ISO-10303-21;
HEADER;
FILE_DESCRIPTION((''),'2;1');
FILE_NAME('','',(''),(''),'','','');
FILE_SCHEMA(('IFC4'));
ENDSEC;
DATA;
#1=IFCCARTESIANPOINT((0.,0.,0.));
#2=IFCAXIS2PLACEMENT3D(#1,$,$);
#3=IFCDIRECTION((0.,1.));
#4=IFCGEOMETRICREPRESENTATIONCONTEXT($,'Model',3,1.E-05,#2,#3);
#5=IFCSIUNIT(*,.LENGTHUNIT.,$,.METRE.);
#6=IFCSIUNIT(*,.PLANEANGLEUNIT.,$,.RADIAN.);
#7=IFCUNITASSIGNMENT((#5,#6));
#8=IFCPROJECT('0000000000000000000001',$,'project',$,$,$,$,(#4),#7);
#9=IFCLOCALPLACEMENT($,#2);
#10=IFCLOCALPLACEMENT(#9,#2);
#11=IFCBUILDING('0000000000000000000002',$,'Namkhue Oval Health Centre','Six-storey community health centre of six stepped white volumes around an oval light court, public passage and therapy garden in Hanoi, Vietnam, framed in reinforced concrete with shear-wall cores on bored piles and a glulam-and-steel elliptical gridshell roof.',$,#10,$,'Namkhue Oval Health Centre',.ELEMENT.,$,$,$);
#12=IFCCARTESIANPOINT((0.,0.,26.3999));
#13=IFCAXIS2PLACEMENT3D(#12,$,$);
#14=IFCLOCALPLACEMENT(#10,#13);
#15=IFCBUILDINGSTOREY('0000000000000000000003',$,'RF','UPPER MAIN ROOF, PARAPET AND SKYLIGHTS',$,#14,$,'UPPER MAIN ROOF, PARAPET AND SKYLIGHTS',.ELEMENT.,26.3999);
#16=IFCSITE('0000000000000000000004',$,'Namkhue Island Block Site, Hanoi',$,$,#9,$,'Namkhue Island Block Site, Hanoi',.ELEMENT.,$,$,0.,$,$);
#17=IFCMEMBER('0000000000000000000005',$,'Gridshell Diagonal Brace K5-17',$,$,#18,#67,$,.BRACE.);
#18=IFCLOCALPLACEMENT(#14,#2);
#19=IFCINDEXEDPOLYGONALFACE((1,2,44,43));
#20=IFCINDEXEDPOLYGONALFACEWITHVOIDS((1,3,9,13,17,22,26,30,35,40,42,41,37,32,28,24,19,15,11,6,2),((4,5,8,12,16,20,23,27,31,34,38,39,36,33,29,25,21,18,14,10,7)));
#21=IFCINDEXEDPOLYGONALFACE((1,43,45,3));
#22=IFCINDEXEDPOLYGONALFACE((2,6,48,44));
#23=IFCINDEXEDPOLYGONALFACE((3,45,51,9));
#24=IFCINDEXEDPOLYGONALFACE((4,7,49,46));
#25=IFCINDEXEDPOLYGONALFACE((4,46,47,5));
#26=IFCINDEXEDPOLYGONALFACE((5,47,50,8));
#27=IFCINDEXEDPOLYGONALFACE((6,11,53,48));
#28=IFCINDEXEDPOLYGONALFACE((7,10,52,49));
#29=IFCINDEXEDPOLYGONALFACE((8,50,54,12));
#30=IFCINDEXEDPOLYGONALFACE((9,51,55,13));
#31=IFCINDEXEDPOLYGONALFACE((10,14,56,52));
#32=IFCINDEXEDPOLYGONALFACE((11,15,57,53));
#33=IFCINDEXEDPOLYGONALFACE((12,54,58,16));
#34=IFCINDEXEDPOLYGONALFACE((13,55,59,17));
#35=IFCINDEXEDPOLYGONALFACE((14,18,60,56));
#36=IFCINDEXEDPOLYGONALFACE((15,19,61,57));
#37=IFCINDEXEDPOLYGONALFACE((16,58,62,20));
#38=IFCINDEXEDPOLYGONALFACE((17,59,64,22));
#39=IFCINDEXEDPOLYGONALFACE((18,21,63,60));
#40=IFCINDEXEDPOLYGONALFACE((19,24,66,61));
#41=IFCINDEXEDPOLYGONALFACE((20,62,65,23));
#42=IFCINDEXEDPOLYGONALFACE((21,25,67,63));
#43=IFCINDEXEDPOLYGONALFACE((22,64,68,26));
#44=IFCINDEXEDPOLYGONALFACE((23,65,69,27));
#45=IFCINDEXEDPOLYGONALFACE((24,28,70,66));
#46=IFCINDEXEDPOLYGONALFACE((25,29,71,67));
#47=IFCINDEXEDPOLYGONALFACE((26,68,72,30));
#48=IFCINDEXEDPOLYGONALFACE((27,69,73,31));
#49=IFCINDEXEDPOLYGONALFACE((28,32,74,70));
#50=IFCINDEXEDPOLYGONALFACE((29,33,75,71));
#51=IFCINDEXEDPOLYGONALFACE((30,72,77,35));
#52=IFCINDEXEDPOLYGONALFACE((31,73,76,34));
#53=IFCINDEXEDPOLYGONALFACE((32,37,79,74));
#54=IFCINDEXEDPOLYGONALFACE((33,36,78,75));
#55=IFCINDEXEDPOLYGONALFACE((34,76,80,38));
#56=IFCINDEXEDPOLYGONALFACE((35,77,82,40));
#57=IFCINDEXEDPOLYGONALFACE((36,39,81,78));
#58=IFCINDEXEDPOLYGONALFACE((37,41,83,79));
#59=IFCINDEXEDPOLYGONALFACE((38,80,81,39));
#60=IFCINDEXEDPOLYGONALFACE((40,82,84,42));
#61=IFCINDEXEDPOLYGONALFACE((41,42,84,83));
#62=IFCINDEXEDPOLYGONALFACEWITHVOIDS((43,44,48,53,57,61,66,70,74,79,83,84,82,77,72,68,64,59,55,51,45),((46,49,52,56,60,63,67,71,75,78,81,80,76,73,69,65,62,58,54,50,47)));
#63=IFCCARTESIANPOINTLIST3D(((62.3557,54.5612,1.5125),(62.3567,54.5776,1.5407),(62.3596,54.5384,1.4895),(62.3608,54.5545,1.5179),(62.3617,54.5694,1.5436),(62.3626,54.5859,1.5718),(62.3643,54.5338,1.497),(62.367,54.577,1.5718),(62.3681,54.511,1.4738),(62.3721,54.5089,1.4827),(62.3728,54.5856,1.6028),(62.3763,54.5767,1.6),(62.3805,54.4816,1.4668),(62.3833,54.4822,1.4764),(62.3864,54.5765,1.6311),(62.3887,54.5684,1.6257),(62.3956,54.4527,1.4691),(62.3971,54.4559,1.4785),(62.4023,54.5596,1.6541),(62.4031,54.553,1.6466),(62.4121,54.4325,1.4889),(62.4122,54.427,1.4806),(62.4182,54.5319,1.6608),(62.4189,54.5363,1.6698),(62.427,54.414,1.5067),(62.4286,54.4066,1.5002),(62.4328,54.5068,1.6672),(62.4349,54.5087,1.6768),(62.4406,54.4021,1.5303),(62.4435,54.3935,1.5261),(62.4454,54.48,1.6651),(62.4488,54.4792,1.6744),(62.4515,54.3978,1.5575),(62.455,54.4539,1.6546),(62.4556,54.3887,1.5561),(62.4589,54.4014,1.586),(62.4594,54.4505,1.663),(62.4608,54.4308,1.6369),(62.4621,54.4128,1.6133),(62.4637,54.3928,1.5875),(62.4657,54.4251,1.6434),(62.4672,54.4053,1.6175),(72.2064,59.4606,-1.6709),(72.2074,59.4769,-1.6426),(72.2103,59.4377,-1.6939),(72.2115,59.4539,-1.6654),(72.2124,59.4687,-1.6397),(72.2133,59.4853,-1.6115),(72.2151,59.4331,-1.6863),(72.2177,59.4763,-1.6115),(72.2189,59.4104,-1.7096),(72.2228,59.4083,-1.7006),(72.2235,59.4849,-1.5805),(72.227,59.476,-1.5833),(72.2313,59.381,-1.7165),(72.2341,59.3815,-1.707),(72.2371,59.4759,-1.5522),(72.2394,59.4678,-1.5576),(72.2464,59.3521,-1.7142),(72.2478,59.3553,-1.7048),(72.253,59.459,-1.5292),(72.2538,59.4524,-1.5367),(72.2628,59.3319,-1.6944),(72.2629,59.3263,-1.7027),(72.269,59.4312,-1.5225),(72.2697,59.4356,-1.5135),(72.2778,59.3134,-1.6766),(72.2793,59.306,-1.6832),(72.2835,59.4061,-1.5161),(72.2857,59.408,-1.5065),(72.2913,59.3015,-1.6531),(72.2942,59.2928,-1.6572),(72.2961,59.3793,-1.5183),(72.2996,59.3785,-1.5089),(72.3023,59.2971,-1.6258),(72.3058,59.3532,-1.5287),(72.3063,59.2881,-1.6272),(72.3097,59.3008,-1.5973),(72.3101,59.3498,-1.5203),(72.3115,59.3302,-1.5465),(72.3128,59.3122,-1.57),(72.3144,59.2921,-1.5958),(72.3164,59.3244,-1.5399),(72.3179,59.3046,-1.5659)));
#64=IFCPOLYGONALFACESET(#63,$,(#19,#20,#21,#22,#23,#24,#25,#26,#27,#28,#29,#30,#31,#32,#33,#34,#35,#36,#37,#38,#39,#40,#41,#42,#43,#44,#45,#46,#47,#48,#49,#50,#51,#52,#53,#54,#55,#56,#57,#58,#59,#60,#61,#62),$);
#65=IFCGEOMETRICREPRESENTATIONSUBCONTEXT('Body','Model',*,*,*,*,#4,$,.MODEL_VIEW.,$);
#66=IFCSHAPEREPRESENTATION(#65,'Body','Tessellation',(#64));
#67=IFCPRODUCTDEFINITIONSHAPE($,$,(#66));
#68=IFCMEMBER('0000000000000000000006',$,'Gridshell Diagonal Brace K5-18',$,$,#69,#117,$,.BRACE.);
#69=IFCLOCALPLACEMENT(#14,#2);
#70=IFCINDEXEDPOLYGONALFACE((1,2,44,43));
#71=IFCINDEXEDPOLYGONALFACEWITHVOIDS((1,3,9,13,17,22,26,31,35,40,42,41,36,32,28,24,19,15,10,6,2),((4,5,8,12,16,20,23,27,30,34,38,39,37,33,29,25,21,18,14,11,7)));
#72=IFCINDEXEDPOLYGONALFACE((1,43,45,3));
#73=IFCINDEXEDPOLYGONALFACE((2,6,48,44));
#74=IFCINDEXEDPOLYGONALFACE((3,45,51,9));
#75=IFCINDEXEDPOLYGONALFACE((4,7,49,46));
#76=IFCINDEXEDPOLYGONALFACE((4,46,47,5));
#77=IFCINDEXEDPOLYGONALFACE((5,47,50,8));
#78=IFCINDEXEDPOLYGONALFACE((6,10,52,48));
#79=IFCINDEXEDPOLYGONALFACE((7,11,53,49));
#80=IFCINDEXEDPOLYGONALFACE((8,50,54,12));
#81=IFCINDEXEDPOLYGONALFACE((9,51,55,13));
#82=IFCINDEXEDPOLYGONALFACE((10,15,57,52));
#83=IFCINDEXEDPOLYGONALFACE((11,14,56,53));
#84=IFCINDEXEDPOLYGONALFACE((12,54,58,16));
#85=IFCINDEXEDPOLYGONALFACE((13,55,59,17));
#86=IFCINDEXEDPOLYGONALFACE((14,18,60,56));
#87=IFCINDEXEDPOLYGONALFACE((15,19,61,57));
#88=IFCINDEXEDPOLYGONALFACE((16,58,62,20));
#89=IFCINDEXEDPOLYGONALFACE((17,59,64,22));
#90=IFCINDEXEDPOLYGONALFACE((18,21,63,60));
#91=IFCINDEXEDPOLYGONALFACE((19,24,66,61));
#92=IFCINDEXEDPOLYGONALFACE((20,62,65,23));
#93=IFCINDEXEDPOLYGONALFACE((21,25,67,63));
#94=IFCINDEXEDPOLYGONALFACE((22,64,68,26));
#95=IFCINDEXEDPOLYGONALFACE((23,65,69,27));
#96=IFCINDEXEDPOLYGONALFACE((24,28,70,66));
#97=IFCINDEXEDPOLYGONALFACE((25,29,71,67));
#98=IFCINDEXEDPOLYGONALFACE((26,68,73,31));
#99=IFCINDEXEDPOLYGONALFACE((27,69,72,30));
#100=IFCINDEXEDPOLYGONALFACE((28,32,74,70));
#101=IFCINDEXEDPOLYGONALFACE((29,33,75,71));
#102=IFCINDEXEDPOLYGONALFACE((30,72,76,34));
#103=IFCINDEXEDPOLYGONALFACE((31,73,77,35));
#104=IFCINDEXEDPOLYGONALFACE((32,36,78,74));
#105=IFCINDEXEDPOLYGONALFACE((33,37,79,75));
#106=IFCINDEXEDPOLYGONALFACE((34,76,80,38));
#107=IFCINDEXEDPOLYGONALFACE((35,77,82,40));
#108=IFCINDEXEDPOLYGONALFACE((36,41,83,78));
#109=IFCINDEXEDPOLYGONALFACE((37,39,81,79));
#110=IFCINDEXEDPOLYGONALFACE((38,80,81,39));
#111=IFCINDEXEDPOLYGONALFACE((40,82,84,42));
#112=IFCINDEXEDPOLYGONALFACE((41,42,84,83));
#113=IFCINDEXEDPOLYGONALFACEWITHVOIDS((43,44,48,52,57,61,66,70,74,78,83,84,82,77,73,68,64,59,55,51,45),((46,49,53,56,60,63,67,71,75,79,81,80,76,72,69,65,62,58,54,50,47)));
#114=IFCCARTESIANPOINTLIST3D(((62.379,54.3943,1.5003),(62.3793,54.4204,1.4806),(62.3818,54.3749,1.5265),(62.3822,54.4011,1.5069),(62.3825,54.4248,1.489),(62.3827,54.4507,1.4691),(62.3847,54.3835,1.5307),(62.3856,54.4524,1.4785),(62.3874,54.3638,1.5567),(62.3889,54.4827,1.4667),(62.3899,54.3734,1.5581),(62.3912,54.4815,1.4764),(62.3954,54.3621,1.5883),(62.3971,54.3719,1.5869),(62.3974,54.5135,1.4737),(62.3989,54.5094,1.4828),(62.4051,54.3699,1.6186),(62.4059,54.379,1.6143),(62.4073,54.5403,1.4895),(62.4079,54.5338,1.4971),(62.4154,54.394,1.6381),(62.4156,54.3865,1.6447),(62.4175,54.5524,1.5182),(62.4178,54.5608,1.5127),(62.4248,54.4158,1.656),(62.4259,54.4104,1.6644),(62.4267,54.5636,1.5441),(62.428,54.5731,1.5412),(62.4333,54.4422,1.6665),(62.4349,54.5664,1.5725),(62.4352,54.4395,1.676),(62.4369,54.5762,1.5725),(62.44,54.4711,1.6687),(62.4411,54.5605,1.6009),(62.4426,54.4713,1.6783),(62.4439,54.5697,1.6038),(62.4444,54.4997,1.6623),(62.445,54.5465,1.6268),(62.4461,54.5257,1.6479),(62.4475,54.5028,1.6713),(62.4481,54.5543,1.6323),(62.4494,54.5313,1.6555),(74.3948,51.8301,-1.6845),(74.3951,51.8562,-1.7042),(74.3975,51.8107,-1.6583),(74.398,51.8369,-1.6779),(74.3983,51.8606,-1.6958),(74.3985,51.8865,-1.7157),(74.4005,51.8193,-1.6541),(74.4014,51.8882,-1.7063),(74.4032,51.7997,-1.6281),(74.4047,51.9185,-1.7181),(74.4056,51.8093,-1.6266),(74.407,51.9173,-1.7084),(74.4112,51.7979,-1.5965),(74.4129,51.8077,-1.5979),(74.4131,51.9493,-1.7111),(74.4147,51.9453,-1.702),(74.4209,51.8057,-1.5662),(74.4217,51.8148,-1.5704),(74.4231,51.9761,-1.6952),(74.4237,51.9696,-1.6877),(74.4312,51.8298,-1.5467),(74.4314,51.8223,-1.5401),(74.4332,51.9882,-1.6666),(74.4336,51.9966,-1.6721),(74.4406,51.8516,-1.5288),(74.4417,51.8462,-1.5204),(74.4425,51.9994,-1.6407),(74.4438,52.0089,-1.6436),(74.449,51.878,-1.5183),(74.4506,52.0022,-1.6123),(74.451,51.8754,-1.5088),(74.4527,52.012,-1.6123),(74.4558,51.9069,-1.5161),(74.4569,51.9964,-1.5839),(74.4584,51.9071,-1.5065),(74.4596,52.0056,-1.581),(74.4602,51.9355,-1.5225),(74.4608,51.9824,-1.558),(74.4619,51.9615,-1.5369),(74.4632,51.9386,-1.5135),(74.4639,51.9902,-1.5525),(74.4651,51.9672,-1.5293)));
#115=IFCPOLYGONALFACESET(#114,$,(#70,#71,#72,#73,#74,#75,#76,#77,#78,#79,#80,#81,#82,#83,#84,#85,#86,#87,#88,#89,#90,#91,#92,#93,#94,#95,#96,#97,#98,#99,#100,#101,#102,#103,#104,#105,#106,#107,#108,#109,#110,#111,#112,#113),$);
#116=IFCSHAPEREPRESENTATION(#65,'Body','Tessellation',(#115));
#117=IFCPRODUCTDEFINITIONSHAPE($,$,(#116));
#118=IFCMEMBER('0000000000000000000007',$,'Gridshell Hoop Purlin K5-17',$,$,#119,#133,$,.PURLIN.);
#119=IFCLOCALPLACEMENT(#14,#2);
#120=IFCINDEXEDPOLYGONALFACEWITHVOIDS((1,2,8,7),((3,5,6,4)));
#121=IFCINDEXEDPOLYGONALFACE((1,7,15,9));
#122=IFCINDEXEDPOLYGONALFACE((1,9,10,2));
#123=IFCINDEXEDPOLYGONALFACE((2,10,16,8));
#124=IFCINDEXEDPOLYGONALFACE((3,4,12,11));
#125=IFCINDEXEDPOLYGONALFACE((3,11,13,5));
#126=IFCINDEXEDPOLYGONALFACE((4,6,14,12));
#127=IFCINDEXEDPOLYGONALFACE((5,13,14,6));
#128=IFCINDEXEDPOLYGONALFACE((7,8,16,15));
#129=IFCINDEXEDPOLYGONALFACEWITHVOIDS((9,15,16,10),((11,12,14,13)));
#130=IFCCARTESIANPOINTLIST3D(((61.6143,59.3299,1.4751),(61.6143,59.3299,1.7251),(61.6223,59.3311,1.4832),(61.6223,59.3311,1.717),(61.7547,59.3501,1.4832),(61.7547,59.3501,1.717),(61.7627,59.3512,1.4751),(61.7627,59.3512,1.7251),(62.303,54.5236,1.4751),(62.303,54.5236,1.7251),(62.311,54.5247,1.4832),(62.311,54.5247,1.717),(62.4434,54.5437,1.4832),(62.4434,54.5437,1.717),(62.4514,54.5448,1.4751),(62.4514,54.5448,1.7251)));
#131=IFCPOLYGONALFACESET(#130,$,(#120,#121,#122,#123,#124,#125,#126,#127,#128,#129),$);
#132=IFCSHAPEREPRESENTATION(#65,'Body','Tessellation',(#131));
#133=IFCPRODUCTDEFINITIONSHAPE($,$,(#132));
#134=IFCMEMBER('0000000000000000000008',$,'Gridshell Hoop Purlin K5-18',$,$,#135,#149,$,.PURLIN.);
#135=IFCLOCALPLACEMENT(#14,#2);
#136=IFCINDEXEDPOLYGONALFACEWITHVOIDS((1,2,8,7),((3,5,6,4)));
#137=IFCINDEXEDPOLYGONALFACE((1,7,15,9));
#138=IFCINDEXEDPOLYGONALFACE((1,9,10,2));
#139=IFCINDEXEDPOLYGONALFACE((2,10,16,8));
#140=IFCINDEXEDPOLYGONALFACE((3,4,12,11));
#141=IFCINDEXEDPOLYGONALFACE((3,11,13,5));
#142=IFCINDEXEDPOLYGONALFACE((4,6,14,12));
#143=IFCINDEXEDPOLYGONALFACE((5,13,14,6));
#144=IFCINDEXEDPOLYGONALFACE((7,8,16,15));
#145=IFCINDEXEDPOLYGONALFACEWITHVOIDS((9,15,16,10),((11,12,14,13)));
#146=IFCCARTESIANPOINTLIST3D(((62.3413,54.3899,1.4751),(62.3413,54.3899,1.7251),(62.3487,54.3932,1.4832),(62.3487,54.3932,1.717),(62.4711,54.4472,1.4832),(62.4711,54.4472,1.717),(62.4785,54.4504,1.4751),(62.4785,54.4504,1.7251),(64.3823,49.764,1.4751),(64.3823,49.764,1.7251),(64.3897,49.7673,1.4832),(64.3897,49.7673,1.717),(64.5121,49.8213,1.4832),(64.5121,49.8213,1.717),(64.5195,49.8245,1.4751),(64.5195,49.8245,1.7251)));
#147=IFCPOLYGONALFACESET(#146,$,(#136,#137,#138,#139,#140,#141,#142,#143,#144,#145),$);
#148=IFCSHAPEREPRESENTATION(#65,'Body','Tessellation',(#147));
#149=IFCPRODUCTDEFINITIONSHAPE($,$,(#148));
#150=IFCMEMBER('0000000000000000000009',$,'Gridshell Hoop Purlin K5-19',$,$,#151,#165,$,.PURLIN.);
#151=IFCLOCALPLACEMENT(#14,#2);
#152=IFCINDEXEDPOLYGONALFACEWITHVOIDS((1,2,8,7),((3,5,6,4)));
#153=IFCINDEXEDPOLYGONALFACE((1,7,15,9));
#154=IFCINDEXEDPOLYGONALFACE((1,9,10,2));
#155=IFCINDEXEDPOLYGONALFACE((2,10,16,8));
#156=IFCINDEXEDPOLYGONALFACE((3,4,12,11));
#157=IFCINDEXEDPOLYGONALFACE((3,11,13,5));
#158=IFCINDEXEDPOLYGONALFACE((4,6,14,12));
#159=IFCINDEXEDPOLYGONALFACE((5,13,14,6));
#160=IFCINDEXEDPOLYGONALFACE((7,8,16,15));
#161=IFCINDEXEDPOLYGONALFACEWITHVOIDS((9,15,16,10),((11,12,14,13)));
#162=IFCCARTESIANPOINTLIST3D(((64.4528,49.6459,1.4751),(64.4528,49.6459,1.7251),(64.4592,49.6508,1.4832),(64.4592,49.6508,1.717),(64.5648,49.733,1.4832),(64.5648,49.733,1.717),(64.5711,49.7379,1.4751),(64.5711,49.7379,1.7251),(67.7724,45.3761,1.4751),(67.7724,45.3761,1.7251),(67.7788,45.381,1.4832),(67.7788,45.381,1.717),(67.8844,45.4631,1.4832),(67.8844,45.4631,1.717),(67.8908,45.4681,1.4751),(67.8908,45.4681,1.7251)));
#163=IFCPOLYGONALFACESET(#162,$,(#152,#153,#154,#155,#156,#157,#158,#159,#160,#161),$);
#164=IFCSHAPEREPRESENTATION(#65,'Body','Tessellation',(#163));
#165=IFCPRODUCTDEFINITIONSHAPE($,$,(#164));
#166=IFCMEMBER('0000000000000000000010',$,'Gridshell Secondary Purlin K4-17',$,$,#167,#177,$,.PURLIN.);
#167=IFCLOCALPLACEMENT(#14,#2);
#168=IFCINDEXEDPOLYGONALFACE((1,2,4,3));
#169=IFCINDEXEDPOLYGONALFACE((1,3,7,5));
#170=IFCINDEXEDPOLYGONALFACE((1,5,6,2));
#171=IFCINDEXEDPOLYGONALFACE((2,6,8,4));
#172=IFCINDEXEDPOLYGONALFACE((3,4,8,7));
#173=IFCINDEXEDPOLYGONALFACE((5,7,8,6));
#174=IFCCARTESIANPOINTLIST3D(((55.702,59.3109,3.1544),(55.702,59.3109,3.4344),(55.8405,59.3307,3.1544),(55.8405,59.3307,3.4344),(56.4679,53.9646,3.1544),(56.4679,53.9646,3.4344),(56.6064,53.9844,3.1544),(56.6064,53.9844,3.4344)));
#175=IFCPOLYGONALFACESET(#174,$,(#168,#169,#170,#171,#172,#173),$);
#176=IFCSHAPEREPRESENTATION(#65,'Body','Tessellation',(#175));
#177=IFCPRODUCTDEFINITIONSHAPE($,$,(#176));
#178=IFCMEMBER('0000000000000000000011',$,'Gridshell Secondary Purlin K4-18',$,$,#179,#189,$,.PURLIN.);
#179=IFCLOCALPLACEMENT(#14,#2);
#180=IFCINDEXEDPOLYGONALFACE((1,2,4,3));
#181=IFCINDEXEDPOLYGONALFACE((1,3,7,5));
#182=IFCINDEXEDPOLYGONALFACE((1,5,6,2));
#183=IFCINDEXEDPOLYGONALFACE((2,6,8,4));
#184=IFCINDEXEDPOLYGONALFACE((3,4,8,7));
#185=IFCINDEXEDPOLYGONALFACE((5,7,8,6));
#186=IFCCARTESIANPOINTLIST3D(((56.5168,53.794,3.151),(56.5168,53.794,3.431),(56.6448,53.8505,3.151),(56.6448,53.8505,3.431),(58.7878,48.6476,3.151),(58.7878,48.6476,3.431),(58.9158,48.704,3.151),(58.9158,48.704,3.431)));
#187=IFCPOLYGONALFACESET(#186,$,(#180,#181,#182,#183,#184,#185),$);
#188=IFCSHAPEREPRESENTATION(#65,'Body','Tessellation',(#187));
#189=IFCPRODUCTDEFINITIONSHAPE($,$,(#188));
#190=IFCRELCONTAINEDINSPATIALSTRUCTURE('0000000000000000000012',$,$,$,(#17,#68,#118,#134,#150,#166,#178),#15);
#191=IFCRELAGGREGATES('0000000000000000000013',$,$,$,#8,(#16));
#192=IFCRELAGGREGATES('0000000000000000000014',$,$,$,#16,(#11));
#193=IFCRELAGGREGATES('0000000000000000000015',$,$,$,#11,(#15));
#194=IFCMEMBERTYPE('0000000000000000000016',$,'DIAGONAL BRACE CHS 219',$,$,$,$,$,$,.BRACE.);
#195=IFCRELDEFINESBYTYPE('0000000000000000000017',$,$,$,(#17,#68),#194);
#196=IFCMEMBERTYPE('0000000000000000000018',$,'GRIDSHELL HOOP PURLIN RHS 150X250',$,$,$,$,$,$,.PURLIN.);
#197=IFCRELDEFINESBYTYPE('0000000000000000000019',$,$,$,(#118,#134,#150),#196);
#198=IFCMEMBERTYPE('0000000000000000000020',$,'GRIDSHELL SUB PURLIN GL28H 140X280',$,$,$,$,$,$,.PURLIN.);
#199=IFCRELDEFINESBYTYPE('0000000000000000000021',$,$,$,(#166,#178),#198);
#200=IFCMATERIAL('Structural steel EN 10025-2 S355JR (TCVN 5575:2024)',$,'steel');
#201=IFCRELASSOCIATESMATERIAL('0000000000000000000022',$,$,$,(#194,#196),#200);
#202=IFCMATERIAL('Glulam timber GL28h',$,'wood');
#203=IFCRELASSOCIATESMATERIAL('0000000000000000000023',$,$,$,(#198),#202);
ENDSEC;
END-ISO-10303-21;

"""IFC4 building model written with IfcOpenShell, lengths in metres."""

from ifc_helpers import new_model, si_unit, direction, frame, origin, origin_2d, place, context, subcontext, project, spatial, rectangle, hollow_rectangle, hollow_circle, extrude, material, material_profile, profile_set, type_object, element, save


model = new_model("IFC4")

# Units and contexts
model_context = context("Model", 3, precision=1e-05, world=origin(), true_north=direction((0.0, 1.0)))
body_context = subcontext(model_context, "Body", "Model", "MODEL_VIEW")
ifc_project = project(units=[si_unit("LENGTHUNIT", "METRE"), si_unit("PLANEANGLEUNIT", "RADIAN")], contexts=[model_context])

# Site, building, storey
site_placement = place(None, origin())
site = spatial("IfcSite", under=ifc_project, at=site_placement, Name="Namkhue Island Block Site, Hanoi", LongName="Namkhue Island Block Site, Hanoi", CompositionType="ELEMENT", RefElevation=0.0)
building_placement = place(site_placement, origin())
building = spatial("IfcBuilding", under=site, at=building_placement, Name="Namkhue Oval Health Centre", Description="Six-storey community health centre of six stepped white volumes around an oval light court, public passage and therapy garden in Hanoi, Vietnam, framed in reinforced concrete with shear-wall cores on bored piles and a glulam-and-steel elliptical gridshell roof.", LongName="Namkhue Oval Health Centre", CompositionType="ELEMENT")
storey_placement = place(building_placement, frame((0.0, 0.0, 26.3999)))
storey = spatial("IfcBuildingStorey", under=building, at=storey_placement, Name="RF", Description="UPPER MAIN ROOF, PARAPET AND SKYLIGHTS", LongName="UPPER MAIN ROOF, PARAPET AND SKYLIGHTS", CompositionType="ELEMENT", Elevation=26.3999)

# Members
ifc_material_1 = material(Name="Structural steel EN 10025-2 S355JR (TCVN 5575:2024)", Category="steel")
ifc_material_profile_1 = material_profile(ifc_material_1, hollow_circle(Radius=0.1096, WallThickness=0.01, at=origin_2d()), Name="CHS 219.1x10")
ifc_profile_set_1 = profile_set([ifc_material_profile_1], Name="Structural steel EN 10025-2 S355JR (TCVN 5575:2024)")
member_type_1 = type_object("IfcMemberType", Name="DIAGONAL BRACE CHS 219", PredefinedType="BRACE", material=ifc_profile_set_1)
member_1_placement = place(storey_placement, frame((62.4114, 54.4878, 1.5718), z_axis=(0.860091, 0.427775, -0.277943), x_axis=(-0.445322, 0.895371, 0.0)))
element("IfcMember", 1, at=member_1_placement, inside=storey, type_object=member_type_1, Name="Gridshell Diagonal Brace K5-17", PredefinedType="BRACE", context=body_context, shape_type="SweptSolid", body=[
    extrude(hollow_circle(Radius=0.1096, WallThickness=0.01, at=origin_2d()), origin(), (0.0, 0.0, 1.0), 11.4531),
])
member_2_placement = place(storey_placement, frame((62.4141, 54.469, 1.5725), z_axis=(0.946691, -0.202026, -0.250921), x_axis=(0.208703, 0.977979, 0.0)))
element("IfcMember", 2, at=member_2_placement, inside=storey, type_object=member_type_1, Name="Gridshell Diagonal Brace K5-18", PredefinedType="BRACE", context=body_context, shape_type="SweptSolid", body=[
    extrude(hollow_circle(Radius=0.1096, WallThickness=0.01, at=origin_2d()), origin(), (0.0, 0.0, 1.0), 12.6924),
])
ifc_material_profile_2 = material_profile(ifc_material_1, hollow_rectangle(XDim=0.1499, YDim=0.25, WallThickness=0.0081, at=origin_2d()), Name="RHS 150x250x8")
ifc_profile_set_2 = profile_set([ifc_material_profile_2], Name="Structural steel EN 10025-2 S355JR (TCVN 5575:2024)")
member_type_2 = type_object("IfcMemberType", Name="GRIDSHELL HOOP PURLIN RHS 150X250", PredefinedType="PURLIN", material=ifc_profile_set_2)
member_3_placement = place(storey_placement, frame((61.6885, 59.3406, 1.6001), z_axis=(0.141844, -0.989889, 0.0), x_axis=(0.989889, 0.141844, 0.0)))
element("IfcMember", 3, at=member_3_placement, inside=storey, type_object=member_type_2, Name="Gridshell Hoop Purlin K5-17", PredefinedType="PURLIN", context=body_context, shape_type="SweptSolid", body=[
    extrude(hollow_rectangle(XDim=0.1499, YDim=0.25, WallThickness=0.0081, at=origin_2d()), origin(), (0.0, 0.0, 1.0), 4.8555),
])
member_4_placement = place(storey_placement, frame((62.4099, 54.4202, 1.6001), z_axis=(0.403664, -0.914907, 0.0), x_axis=(0.914907, 0.403664, 0.0)))
element("IfcMember", 4, at=member_4_placement, inside=storey, type_object=member_type_2, Name="Gridshell Hoop Purlin K5-18", PredefinedType="PURLIN", context=body_context, shape_type="SweptSolid", body=[
    extrude(hollow_rectangle(XDim=0.1499, YDim=0.25, WallThickness=0.0081, at=origin_2d()), origin(), (0.0, 0.0, 1.0), 5.0562),
])
member_5_placement = place(storey_placement, frame((64.512, 49.6919, 1.6001), z_axis=(0.613784, -0.789474, 0.0), x_axis=(0.789474, 0.613784, 0.0)))
element("IfcMember", 5, at=member_5_placement, inside=storey, type_object=member_type_2, Name="Gridshell Hoop Purlin K5-19", PredefinedType="PURLIN", context=body_context, shape_type="SweptSolid", body=[
    extrude(hollow_rectangle(XDim=0.1499, YDim=0.25, WallThickness=0.0081, at=origin_2d()), origin(), (0.0, 0.0, 1.0), 5.4084),
])
ifc_material_2 = material(Name="Glulam timber GL28h", Category="wood")
ifc_material_profile_3 = material_profile(ifc_material_2, rectangle(XDim=0.1399, YDim=0.28, at=origin_2d()), Name="GL28h 140x280")
ifc_profile_set_3 = profile_set([ifc_material_profile_3], Name="Glulam timber GL28h")
member_type_3 = type_object("IfcMemberType", Name="GRIDSHELL SUB PURLIN GL28H 140X280", PredefinedType="PURLIN", material=ifc_profile_set_3)
member_6_placement = place(storey_placement, frame((55.7712, 59.3208, 3.2944), z_axis=(0.141807, -0.989894, 0.0), x_axis=(0.989894, 0.141807, 0.0)))
element("IfcMember", 6, at=member_6_placement, inside=storey, type_object=member_type_3, Name="Gridshell Secondary Purlin K4-17", PredefinedType="PURLIN", context=body_context, shape_type="SweptSolid", body=[
    extrude(rectangle(XDim=0.1399, YDim=0.28, at=origin_2d()), origin(), (0.0, 0.0, 1.0), 5.4009),
])
member_7_placement = place(storey_placement, frame((56.5808, 53.8223, 3.291), z_axis=(0.403713, -0.914886, 0.0), x_axis=(0.914886, 0.403713, 0.0)))
element("IfcMember", 7, at=member_7_placement, inside=storey, type_object=member_type_3, Name="Gridshell Secondary Purlin K4-18", PredefinedType="PURLIN", context=body_context, shape_type="SweptSolid", body=[
    extrude(rectangle(XDim=0.1399, YDim=0.28, at=origin_2d()), origin(), (0.0, 0.0, 1.0), 5.6252),
])

save(model, "model.ifc")
